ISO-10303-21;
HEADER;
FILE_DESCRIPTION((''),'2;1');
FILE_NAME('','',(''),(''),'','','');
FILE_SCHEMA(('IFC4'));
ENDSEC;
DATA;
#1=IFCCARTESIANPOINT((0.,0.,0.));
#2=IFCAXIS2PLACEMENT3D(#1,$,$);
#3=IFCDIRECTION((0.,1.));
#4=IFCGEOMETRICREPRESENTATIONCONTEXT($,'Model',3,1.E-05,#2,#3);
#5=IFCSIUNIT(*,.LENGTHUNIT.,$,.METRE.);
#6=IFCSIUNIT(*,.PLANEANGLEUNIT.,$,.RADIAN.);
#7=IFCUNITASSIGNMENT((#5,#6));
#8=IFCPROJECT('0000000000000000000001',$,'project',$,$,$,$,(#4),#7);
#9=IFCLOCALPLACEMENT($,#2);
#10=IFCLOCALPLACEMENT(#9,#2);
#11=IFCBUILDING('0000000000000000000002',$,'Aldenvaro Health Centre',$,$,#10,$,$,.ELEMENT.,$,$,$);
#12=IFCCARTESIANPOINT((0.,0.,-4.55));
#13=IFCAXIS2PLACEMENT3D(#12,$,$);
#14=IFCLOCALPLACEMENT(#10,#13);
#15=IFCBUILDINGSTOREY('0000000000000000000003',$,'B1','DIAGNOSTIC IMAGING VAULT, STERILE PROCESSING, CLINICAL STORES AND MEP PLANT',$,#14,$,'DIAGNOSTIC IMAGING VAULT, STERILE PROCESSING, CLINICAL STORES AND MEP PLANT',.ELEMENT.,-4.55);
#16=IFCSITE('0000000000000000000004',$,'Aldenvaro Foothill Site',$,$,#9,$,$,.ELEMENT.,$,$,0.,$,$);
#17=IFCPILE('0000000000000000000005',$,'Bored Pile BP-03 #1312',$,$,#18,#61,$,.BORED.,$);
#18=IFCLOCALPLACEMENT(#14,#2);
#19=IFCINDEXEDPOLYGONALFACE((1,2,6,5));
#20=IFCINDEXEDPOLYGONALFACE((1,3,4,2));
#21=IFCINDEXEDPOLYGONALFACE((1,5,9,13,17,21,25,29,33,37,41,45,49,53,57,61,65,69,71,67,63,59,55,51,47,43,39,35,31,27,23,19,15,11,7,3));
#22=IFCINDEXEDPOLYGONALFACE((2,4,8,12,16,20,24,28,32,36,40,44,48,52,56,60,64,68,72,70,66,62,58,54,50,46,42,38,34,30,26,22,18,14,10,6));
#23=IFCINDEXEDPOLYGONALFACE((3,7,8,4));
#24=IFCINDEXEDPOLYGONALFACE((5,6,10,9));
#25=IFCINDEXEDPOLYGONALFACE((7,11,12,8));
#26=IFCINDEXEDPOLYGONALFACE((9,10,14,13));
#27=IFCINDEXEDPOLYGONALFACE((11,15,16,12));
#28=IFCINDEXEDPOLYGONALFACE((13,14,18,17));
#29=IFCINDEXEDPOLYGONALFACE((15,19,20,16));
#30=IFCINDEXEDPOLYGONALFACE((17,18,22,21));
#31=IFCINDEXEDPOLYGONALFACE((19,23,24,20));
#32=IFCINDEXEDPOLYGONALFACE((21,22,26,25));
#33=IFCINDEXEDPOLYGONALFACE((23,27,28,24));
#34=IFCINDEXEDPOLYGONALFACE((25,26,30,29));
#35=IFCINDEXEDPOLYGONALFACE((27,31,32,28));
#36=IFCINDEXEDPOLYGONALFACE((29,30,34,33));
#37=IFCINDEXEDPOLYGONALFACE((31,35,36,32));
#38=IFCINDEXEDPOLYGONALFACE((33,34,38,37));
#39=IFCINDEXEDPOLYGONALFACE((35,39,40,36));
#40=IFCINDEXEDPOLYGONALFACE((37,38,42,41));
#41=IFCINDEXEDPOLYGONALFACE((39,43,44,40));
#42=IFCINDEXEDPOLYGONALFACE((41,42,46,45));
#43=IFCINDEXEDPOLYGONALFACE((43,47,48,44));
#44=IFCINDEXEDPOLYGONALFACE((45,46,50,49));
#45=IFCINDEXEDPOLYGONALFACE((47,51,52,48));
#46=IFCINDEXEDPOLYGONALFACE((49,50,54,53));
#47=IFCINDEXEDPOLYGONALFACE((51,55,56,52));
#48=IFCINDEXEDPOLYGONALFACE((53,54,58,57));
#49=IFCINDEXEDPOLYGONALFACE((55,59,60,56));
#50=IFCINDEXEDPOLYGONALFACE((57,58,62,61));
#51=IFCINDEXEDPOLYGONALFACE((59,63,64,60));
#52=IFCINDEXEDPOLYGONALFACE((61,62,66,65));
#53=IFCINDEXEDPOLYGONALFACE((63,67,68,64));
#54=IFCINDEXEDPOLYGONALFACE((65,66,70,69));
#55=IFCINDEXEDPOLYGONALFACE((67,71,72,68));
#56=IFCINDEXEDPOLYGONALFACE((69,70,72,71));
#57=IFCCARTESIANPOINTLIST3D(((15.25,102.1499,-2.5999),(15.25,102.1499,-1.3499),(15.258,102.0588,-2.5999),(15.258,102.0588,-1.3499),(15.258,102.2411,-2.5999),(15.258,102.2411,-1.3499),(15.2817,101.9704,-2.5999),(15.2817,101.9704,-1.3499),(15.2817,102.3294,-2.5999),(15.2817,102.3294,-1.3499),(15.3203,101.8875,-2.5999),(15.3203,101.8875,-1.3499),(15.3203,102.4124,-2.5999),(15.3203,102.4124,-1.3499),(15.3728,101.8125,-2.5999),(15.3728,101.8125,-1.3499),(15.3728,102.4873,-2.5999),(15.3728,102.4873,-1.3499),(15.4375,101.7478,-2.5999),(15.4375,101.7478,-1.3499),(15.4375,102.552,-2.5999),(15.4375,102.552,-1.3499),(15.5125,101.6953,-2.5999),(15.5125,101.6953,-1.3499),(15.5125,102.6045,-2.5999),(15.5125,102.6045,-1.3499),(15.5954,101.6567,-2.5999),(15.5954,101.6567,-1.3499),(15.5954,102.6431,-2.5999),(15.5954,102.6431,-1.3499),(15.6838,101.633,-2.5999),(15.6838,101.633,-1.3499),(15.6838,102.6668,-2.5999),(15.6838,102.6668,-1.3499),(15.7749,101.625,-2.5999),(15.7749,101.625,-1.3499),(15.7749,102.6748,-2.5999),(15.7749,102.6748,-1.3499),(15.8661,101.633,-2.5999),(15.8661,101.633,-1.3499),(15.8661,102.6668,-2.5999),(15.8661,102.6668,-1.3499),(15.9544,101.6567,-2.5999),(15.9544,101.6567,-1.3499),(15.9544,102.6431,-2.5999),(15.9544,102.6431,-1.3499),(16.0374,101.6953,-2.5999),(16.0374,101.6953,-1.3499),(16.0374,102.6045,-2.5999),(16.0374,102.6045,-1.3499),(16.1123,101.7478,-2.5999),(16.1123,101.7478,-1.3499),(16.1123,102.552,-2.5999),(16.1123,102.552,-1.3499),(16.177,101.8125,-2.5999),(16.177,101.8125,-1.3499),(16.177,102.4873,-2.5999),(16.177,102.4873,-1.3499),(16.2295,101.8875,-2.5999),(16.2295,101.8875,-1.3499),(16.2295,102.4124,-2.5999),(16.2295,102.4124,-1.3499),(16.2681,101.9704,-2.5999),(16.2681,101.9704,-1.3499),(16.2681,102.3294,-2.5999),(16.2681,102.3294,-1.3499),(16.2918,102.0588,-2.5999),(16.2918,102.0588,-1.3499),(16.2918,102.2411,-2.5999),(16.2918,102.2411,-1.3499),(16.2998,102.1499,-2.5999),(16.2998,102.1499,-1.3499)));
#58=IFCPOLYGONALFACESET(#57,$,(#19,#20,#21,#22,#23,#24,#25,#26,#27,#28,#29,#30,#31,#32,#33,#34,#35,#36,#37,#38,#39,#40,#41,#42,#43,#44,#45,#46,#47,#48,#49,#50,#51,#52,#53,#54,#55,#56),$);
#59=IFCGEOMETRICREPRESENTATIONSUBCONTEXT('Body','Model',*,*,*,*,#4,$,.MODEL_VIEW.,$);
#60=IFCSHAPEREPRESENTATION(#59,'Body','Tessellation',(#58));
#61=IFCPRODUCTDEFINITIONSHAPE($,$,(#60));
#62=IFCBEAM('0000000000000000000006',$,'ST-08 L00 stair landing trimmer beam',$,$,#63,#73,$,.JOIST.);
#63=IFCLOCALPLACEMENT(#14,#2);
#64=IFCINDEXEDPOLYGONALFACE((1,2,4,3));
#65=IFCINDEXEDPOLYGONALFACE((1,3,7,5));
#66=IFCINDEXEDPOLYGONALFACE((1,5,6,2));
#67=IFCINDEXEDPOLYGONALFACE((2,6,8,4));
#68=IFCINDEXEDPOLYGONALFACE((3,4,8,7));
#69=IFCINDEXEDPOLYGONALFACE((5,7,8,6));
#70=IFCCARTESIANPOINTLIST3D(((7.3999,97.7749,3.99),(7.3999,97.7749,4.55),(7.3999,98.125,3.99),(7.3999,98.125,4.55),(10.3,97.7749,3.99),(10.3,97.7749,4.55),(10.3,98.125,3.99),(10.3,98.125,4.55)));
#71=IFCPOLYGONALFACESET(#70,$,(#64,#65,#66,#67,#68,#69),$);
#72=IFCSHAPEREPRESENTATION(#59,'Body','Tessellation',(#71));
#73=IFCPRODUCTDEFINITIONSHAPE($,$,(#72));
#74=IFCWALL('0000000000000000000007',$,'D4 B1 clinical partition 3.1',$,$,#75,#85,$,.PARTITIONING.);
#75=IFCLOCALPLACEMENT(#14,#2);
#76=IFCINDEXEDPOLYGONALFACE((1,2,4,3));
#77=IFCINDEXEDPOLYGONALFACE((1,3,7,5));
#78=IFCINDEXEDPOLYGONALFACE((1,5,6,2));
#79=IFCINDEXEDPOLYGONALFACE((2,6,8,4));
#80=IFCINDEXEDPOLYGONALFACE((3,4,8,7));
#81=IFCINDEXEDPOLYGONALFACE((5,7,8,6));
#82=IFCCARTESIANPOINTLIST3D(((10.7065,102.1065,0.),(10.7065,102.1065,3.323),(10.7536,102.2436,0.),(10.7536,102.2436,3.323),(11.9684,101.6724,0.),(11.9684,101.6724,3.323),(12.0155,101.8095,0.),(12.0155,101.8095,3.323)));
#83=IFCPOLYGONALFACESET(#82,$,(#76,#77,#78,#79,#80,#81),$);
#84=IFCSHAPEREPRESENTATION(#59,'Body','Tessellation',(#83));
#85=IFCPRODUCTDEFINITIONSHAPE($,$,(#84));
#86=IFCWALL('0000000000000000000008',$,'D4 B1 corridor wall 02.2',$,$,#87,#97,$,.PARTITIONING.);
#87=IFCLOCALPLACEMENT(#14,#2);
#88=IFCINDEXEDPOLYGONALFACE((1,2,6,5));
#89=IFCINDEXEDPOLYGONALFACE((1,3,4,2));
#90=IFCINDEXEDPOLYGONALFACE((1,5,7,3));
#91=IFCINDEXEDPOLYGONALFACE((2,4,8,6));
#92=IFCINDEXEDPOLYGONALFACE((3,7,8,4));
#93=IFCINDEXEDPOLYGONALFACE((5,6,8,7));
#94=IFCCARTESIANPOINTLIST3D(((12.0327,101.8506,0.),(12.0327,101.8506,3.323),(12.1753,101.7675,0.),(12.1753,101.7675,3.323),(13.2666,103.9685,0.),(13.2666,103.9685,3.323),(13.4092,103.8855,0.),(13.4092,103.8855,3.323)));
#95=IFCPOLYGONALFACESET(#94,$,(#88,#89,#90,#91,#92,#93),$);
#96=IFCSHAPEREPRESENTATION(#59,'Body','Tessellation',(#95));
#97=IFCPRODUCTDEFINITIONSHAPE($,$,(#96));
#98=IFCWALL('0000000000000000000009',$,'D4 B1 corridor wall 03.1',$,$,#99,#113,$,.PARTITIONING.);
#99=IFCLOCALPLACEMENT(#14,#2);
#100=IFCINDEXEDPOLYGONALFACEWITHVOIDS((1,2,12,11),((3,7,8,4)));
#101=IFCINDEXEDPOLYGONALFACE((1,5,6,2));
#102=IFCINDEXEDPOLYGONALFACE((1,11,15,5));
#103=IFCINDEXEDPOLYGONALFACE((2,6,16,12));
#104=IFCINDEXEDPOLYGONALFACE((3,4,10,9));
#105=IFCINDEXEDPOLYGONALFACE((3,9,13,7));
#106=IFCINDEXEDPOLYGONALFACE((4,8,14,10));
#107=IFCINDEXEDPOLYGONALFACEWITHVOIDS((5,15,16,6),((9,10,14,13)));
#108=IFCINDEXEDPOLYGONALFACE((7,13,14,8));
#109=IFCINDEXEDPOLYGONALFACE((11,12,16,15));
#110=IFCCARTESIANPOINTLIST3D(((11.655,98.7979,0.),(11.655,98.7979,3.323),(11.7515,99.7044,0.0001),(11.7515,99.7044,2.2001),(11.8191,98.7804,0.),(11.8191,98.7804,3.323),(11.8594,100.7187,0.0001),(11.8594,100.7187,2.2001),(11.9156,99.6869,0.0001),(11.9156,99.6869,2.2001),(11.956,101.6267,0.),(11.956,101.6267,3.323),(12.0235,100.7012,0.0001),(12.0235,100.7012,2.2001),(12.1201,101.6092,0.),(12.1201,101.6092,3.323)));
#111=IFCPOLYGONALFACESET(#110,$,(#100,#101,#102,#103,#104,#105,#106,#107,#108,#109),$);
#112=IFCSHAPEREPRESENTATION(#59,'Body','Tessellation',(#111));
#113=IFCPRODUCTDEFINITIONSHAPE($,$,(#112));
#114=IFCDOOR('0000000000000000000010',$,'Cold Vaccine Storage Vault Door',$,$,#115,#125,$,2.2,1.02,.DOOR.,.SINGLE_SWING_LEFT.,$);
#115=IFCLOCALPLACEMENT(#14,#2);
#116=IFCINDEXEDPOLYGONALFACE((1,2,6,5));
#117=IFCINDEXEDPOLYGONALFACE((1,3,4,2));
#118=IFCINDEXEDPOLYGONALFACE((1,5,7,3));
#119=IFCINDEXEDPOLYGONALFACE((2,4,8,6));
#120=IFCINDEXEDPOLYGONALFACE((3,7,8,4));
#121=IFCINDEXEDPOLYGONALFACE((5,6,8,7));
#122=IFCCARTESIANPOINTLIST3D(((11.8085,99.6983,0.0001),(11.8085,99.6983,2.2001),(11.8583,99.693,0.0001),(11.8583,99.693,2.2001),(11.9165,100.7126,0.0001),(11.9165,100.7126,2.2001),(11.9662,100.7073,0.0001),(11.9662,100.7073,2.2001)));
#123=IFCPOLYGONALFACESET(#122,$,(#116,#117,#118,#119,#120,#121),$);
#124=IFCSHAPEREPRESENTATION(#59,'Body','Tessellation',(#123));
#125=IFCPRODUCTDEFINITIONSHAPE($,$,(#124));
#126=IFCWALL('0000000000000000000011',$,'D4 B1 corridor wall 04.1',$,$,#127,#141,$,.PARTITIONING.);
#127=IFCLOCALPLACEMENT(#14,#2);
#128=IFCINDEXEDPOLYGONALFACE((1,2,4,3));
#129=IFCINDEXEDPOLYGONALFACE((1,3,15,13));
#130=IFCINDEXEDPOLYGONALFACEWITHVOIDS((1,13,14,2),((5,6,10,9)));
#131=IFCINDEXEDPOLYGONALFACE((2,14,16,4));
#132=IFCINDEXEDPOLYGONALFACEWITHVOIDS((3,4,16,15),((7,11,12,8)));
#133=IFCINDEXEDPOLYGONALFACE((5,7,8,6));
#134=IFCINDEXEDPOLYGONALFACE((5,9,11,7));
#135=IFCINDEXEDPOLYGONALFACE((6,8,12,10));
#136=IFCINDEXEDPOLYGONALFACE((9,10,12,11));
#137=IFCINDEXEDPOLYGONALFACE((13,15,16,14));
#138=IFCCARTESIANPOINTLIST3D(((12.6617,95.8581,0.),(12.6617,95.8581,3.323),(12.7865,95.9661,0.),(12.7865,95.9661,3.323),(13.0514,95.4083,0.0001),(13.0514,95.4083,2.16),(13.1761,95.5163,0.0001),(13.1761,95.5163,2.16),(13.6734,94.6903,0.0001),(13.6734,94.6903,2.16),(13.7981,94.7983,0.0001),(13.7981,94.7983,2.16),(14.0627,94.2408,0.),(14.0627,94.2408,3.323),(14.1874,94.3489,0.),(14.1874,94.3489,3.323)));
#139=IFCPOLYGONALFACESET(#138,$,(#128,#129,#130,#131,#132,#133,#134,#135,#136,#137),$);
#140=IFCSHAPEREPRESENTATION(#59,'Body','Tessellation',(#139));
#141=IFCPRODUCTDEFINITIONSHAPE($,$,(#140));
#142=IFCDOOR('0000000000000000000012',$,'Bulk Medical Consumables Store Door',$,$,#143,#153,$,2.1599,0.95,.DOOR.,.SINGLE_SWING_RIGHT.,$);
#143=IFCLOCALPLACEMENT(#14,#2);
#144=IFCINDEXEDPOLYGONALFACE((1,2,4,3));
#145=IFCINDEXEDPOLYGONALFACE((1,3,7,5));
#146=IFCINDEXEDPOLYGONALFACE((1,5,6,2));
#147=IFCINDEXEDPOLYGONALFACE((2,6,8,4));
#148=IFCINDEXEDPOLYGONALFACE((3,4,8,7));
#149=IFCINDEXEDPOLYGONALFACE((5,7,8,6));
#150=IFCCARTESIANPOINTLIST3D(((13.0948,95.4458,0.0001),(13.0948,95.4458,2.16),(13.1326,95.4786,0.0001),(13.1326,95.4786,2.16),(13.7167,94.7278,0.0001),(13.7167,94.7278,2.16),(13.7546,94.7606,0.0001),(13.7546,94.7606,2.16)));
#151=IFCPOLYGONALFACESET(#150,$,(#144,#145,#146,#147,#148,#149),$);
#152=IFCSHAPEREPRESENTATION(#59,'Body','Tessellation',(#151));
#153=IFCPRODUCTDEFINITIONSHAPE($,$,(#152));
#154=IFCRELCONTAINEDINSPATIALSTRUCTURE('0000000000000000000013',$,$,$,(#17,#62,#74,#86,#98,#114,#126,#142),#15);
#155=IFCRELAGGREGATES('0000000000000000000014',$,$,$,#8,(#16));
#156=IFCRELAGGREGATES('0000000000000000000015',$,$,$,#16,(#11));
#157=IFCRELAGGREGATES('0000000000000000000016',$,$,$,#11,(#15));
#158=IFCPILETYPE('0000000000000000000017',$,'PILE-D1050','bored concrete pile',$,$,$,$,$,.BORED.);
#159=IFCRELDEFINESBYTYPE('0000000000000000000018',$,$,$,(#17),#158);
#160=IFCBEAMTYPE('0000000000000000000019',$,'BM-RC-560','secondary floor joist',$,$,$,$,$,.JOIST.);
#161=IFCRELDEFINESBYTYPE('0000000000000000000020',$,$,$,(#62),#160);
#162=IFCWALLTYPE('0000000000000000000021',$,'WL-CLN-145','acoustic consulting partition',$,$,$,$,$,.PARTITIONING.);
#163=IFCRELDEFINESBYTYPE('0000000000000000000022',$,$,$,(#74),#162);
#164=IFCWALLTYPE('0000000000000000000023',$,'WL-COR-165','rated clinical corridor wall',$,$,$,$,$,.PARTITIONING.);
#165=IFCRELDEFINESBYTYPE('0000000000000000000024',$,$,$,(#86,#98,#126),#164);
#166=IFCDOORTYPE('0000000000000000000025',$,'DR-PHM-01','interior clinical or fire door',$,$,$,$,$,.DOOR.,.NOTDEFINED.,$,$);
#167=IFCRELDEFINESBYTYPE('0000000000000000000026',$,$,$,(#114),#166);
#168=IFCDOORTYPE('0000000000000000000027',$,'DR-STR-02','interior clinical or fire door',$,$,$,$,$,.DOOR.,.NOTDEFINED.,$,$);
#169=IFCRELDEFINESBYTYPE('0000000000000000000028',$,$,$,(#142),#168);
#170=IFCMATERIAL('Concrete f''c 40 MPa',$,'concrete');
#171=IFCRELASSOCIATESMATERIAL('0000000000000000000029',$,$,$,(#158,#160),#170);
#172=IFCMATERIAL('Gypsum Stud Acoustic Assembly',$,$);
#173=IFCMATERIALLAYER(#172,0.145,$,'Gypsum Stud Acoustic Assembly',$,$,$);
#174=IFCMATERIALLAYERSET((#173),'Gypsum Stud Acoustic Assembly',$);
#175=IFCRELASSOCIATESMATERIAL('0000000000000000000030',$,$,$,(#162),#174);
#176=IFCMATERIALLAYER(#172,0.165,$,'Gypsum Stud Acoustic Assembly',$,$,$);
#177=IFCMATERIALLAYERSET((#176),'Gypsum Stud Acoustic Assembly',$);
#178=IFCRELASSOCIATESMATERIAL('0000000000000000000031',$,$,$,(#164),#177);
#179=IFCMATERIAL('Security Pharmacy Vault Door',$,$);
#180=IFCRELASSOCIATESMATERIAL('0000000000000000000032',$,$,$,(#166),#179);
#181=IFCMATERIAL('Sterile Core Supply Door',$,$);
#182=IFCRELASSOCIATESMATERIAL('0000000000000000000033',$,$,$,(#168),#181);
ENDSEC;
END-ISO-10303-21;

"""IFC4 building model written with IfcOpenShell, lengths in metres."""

from ifc_helpers import new_model, si_unit, direction, frame, frame_2d, origin, origin_2d, place, context, subcontext, project, spatial, rectangle, circle, extrude, material, layer, layer_set, material_profile, profile_set, type_object, element, fill, save


model = new_model("IFC4")

# Units and contexts
model_context = context("Model", 3, precision=1e-05, world=origin(), true_north=direction((0.0, 1.0)))
body_context = subcontext(model_context, "Body", "Model", "MODEL_VIEW")
ifc_project = project(units=[si_unit("LENGTHUNIT", "METRE"), si_unit("PLANEANGLEUNIT", "RADIAN")], contexts=[model_context])

# Site, building, storey
site_placement = place(None, origin())
site = spatial("IfcSite", under=ifc_project, at=site_placement, Name="Aldenvaro Foothill Site", CompositionType="ELEMENT", RefElevation=0.0)
building_placement = place(site_placement, origin())
building = spatial("IfcBuilding", under=site, at=building_placement, Name="Aldenvaro Health Centre", CompositionType="ELEMENT")
storey_placement = place(building_placement, frame((0.0, 0.0, -4.55)))
storey = spatial("IfcBuildingStorey", under=building, at=storey_placement, Name="B1", Description="DIAGNOSTIC IMAGING VAULT, STERILE PROCESSING, CLINICAL STORES AND MEP PLANT", LongName="DIAGNOSTIC IMAGING VAULT, STERILE PROCESSING, CLINICAL STORES AND MEP PLANT", CompositionType="ELEMENT", Elevation=-4.55)

# Shared definitions
ifc_material_1 = material(Name="Concrete f'c 40 MPa", Category="concrete")

# Pile
ifc_material_profile_1 = material_profile(ifc_material_1, circle(Radius=0.5249, at=origin_2d()), Name="PILE D1050", Category="concrete")
ifc_profile_set_1 = profile_set([ifc_material_profile_1], Name="Concrete f'c 40 MPa")
pile_type = type_object("IfcPileType", Name="PILE-D1050", Description="bored concrete pile", PredefinedType="BORED", material=ifc_profile_set_1)
for number, where, z_axis, x_axis, name in (
    (1, (15.7749, 102.1499, -1.3499), (0.0, 0.0, -1.0), (1.0, 0.0, 0.0), "Bored Pile BP-03 #1312"),
):
    element("IfcPile", number, at=place(storey_placement, frame(where, z_axis=z_axis, x_axis=x_axis)), inside=storey, type_object=pile_type, Name=name, PredefinedType="BORED", context=body_context, shape_type="SweptSolid", body=[
        extrude(circle(Radius=0.5249, at=origin_2d()), origin(), (0.0, 0.0, 1.0), 1.25),
    ])

# Beam
ifc_material_profile_2 = material_profile(ifc_material_1, rectangle(XDim=0.3501, YDim=0.5601, at=origin_2d()), Name="RC 350x560", Category="concrete")
ifc_profile_set_2 = profile_set([ifc_material_profile_2], Name="Concrete f'c 40 MPa")
beam_type = type_object("IfcBeamType", Name="BM-RC-560", Description="secondary floor joist", PredefinedType="JOIST", material=ifc_profile_set_2)
beam_placement = place(storey_placement, frame((10.3, 97.95, 4.27), z_axis=(-1.0, 0.0, 0.0), x_axis=(0.0, -1.0, 0.0)))
element("IfcBeam", 2, at=beam_placement, inside=storey, type_object=beam_type, Name="ST-08 L00 stair landing trimmer beam", PredefinedType="JOIST", context=body_context, shape_type="SweptSolid", body=[
    extrude(rectangle(XDim=0.3501, YDim=0.5601, at=origin_2d()), origin(), (0.0, 0.0, 1.0), 2.9001),
])

# Walls
ifc_material_2 = material(Name="Gypsum Stud Acoustic Assembly")
ifc_layer_1 = layer(ifc_material_2, 0.145, Name="Gypsum Stud Acoustic Assembly")
ifc_layer_set_1 = layer_set([ifc_layer_1], Name="Gypsum Stud Acoustic Assembly")
wall_type_1 = type_object("IfcWallType", Name="WL-CLN-145", Description="acoustic consulting partition", PredefinedType="PARTITIONING", material=ifc_layer_set_1)
wall_1_placement = place(storey_placement, frame((11.9919, 101.741, 0.0), z_axis=(0.0, 0.0, 1.0), x_axis=(-0.945622, 0.325269, 0.0)))
element("IfcWall", 3, at=wall_1_placement, inside=storey, type_object=wall_type_1, Name="D4 B1 clinical partition 3.1", PredefinedType="PARTITIONING", context=body_context, shape_type="SweptSolid", body=[
    extrude(rectangle(XDim=1.3345, YDim=0.145, at=frame_2d((0.6672, 0.0))), origin(), (0.0, 0.0, 1.0), 3.323),
])
ifc_layer_2 = layer(ifc_material_2, 0.165, Name="Gypsum Stud Acoustic Assembly")
ifc_layer_set_2 = layer_set([ifc_layer_2], Name="Gypsum Stud Acoustic Assembly")
wall_type_2 = type_object("IfcWallType", Name="WL-COR-165", Description="rated clinical corridor wall", PredefinedType="PARTITIONING", material=ifc_layer_set_2)
wall_2_placement = place(storey_placement, frame((13.3379, 103.927, 0.0), z_axis=(0.0, 0.0, 1.0), x_axis=(-0.503394, -0.864057, 0.0)))
element("IfcWall", 4, at=wall_2_placement, inside=storey, type_object=wall_type_2, Name="D4 B1 corridor wall 02.2", PredefinedType="PARTITIONING", context=body_context, shape_type="SweptSolid", body=[
    extrude(rectangle(XDim=2.4512, YDim=0.165, at=frame_2d((1.2256, 0.0))), origin(), (0.0, 0.0, 1.0), 3.323),
])

# Walls, openings, doors
wall_3_placement = place(storey_placement, frame((12.0381, 101.6179, 0.0), z_axis=(0.0, 0.0, 1.0), x_axis=(-0.105815, -0.994386, 0.0)))
wall_3 = element("IfcWall", 5, at=wall_3_placement, inside=storey, type_object=wall_type_2, Name="D4 B1 corridor wall 03.1", PredefinedType="PARTITIONING", context=body_context, shape_type="SweptSolid", body=[
    extrude(rectangle(XDim=2.8447, YDim=0.165, at=frame_2d((1.4224, 0.0))), origin(), (0.0, 0.0, 1.0), 3.323),
])
opening_1_placement = place(wall_3_placement, frame((0.9131, 0.0, 0.0)))
opening_1 = element("IfcOpeningElement", 6, at=opening_1_placement, cuts=wall_3, PredefinedType="OPENING", context=body_context, shape_type="SweptSolid", body=[
    extrude(rectangle(XDim=1.02, YDim=2.2, at=frame_2d((0.51, 1.1001))), frame((0.0, 0.0925, 0.0), z_axis=(0.0, -1.0, 0.0), x_axis=(1.0, 0.0, 0.0)), (0.0, 0.0, 1.0), 0.1851),
])
ifc_material_3 = material(Name="Security Pharmacy Vault Door")
door_type_1 = type_object("IfcDoorType", Name="DR-PHM-01", Description="interior clinical or fire door", OperationType="NOTDEFINED", PredefinedType="DOOR", material=ifc_material_3)
door_1_placement = place(opening_1_placement, origin())
door_1 = element("IfcDoor", 7, at=door_1_placement, inside=storey, type_object=door_type_1, Name="Cold Vaccine Storage Vault Door", OperationType="SINGLE_SWING_LEFT", OverallHeight=2.2, OverallWidth=1.02, PredefinedType="DOOR", context=body_context, shape_type="SweptSolid", body=[
    extrude(rectangle(XDim=1.02, YDim=2.2, at=frame_2d((0.51, 1.1001))), frame((0.0, 0.0249, 0.0), z_axis=(0.0, -1.0, 0.0), x_axis=(1.0, 0.0, 0.0)), (0.0, 0.0, 1.0), 0.05),
])
fill(opening_1, door_1)
wall_4_placement = place(storey_placement, frame((12.7241, 95.9121, 0.0), z_axis=(0.0, 0.0, 1.0), x_axis=(0.654748, -0.755847, 0.0)))
wall_4 = element("IfcWall", 8, at=wall_4_placement, inside=storey, type_object=wall_type_2, Name="D4 B1 corridor wall 04.1", PredefinedType="PARTITIONING", context=body_context, shape_type="SweptSolid", body=[
    extrude(rectangle(XDim=2.1396, YDim=0.165, at=frame_2d((1.0698, 0.0))), origin(), (0.0, 0.0, 1.0), 3.323),
])
opening_2_placement = place(wall_4_placement, frame((0.595, 0.0, 0.0)))
opening_2 = element("IfcOpeningElement", 9, at=opening_2_placement, cuts=wall_4, PredefinedType="OPENING", context=body_context, shape_type="SweptSolid", body=[
    extrude(rectangle(XDim=0.95, YDim=2.1599, at=frame_2d((0.4751, 1.0801))), frame((0.0, 0.0925, 0.0), z_axis=(0.0, -1.0, 0.0), x_axis=(1.0, 0.0, 0.0)), (0.0, 0.0, 1.0), 0.1851),
])
ifc_material_4 = material(Name="Sterile Core Supply Door")
door_type_2 = type_object("IfcDoorType", Name="DR-STR-02", Description="interior clinical or fire door", OperationType="NOTDEFINED", PredefinedType="DOOR", material=ifc_material_4)
door_2_placement = place(opening_2_placement, origin())
door_2 = element("IfcDoor", 10, at=door_2_placement, inside=storey, type_object=door_type_2, Name="Bulk Medical Consumables Store Door", OperationType="SINGLE_SWING_RIGHT", OverallHeight=2.1599, OverallWidth=0.95, PredefinedType="DOOR", context=body_context, shape_type="SweptSolid", body=[
    extrude(rectangle(XDim=0.95, YDim=2.1599, at=frame_2d((0.4751, 1.0801))), frame((0.0, 0.0249, 0.0), z_axis=(0.0, -1.0, 0.0), x_axis=(1.0, 0.0, 0.0)), (0.0, 0.0, 1.0), 0.05),
])
fill(opening_2, door_2)

save(model, "model.ifc")
